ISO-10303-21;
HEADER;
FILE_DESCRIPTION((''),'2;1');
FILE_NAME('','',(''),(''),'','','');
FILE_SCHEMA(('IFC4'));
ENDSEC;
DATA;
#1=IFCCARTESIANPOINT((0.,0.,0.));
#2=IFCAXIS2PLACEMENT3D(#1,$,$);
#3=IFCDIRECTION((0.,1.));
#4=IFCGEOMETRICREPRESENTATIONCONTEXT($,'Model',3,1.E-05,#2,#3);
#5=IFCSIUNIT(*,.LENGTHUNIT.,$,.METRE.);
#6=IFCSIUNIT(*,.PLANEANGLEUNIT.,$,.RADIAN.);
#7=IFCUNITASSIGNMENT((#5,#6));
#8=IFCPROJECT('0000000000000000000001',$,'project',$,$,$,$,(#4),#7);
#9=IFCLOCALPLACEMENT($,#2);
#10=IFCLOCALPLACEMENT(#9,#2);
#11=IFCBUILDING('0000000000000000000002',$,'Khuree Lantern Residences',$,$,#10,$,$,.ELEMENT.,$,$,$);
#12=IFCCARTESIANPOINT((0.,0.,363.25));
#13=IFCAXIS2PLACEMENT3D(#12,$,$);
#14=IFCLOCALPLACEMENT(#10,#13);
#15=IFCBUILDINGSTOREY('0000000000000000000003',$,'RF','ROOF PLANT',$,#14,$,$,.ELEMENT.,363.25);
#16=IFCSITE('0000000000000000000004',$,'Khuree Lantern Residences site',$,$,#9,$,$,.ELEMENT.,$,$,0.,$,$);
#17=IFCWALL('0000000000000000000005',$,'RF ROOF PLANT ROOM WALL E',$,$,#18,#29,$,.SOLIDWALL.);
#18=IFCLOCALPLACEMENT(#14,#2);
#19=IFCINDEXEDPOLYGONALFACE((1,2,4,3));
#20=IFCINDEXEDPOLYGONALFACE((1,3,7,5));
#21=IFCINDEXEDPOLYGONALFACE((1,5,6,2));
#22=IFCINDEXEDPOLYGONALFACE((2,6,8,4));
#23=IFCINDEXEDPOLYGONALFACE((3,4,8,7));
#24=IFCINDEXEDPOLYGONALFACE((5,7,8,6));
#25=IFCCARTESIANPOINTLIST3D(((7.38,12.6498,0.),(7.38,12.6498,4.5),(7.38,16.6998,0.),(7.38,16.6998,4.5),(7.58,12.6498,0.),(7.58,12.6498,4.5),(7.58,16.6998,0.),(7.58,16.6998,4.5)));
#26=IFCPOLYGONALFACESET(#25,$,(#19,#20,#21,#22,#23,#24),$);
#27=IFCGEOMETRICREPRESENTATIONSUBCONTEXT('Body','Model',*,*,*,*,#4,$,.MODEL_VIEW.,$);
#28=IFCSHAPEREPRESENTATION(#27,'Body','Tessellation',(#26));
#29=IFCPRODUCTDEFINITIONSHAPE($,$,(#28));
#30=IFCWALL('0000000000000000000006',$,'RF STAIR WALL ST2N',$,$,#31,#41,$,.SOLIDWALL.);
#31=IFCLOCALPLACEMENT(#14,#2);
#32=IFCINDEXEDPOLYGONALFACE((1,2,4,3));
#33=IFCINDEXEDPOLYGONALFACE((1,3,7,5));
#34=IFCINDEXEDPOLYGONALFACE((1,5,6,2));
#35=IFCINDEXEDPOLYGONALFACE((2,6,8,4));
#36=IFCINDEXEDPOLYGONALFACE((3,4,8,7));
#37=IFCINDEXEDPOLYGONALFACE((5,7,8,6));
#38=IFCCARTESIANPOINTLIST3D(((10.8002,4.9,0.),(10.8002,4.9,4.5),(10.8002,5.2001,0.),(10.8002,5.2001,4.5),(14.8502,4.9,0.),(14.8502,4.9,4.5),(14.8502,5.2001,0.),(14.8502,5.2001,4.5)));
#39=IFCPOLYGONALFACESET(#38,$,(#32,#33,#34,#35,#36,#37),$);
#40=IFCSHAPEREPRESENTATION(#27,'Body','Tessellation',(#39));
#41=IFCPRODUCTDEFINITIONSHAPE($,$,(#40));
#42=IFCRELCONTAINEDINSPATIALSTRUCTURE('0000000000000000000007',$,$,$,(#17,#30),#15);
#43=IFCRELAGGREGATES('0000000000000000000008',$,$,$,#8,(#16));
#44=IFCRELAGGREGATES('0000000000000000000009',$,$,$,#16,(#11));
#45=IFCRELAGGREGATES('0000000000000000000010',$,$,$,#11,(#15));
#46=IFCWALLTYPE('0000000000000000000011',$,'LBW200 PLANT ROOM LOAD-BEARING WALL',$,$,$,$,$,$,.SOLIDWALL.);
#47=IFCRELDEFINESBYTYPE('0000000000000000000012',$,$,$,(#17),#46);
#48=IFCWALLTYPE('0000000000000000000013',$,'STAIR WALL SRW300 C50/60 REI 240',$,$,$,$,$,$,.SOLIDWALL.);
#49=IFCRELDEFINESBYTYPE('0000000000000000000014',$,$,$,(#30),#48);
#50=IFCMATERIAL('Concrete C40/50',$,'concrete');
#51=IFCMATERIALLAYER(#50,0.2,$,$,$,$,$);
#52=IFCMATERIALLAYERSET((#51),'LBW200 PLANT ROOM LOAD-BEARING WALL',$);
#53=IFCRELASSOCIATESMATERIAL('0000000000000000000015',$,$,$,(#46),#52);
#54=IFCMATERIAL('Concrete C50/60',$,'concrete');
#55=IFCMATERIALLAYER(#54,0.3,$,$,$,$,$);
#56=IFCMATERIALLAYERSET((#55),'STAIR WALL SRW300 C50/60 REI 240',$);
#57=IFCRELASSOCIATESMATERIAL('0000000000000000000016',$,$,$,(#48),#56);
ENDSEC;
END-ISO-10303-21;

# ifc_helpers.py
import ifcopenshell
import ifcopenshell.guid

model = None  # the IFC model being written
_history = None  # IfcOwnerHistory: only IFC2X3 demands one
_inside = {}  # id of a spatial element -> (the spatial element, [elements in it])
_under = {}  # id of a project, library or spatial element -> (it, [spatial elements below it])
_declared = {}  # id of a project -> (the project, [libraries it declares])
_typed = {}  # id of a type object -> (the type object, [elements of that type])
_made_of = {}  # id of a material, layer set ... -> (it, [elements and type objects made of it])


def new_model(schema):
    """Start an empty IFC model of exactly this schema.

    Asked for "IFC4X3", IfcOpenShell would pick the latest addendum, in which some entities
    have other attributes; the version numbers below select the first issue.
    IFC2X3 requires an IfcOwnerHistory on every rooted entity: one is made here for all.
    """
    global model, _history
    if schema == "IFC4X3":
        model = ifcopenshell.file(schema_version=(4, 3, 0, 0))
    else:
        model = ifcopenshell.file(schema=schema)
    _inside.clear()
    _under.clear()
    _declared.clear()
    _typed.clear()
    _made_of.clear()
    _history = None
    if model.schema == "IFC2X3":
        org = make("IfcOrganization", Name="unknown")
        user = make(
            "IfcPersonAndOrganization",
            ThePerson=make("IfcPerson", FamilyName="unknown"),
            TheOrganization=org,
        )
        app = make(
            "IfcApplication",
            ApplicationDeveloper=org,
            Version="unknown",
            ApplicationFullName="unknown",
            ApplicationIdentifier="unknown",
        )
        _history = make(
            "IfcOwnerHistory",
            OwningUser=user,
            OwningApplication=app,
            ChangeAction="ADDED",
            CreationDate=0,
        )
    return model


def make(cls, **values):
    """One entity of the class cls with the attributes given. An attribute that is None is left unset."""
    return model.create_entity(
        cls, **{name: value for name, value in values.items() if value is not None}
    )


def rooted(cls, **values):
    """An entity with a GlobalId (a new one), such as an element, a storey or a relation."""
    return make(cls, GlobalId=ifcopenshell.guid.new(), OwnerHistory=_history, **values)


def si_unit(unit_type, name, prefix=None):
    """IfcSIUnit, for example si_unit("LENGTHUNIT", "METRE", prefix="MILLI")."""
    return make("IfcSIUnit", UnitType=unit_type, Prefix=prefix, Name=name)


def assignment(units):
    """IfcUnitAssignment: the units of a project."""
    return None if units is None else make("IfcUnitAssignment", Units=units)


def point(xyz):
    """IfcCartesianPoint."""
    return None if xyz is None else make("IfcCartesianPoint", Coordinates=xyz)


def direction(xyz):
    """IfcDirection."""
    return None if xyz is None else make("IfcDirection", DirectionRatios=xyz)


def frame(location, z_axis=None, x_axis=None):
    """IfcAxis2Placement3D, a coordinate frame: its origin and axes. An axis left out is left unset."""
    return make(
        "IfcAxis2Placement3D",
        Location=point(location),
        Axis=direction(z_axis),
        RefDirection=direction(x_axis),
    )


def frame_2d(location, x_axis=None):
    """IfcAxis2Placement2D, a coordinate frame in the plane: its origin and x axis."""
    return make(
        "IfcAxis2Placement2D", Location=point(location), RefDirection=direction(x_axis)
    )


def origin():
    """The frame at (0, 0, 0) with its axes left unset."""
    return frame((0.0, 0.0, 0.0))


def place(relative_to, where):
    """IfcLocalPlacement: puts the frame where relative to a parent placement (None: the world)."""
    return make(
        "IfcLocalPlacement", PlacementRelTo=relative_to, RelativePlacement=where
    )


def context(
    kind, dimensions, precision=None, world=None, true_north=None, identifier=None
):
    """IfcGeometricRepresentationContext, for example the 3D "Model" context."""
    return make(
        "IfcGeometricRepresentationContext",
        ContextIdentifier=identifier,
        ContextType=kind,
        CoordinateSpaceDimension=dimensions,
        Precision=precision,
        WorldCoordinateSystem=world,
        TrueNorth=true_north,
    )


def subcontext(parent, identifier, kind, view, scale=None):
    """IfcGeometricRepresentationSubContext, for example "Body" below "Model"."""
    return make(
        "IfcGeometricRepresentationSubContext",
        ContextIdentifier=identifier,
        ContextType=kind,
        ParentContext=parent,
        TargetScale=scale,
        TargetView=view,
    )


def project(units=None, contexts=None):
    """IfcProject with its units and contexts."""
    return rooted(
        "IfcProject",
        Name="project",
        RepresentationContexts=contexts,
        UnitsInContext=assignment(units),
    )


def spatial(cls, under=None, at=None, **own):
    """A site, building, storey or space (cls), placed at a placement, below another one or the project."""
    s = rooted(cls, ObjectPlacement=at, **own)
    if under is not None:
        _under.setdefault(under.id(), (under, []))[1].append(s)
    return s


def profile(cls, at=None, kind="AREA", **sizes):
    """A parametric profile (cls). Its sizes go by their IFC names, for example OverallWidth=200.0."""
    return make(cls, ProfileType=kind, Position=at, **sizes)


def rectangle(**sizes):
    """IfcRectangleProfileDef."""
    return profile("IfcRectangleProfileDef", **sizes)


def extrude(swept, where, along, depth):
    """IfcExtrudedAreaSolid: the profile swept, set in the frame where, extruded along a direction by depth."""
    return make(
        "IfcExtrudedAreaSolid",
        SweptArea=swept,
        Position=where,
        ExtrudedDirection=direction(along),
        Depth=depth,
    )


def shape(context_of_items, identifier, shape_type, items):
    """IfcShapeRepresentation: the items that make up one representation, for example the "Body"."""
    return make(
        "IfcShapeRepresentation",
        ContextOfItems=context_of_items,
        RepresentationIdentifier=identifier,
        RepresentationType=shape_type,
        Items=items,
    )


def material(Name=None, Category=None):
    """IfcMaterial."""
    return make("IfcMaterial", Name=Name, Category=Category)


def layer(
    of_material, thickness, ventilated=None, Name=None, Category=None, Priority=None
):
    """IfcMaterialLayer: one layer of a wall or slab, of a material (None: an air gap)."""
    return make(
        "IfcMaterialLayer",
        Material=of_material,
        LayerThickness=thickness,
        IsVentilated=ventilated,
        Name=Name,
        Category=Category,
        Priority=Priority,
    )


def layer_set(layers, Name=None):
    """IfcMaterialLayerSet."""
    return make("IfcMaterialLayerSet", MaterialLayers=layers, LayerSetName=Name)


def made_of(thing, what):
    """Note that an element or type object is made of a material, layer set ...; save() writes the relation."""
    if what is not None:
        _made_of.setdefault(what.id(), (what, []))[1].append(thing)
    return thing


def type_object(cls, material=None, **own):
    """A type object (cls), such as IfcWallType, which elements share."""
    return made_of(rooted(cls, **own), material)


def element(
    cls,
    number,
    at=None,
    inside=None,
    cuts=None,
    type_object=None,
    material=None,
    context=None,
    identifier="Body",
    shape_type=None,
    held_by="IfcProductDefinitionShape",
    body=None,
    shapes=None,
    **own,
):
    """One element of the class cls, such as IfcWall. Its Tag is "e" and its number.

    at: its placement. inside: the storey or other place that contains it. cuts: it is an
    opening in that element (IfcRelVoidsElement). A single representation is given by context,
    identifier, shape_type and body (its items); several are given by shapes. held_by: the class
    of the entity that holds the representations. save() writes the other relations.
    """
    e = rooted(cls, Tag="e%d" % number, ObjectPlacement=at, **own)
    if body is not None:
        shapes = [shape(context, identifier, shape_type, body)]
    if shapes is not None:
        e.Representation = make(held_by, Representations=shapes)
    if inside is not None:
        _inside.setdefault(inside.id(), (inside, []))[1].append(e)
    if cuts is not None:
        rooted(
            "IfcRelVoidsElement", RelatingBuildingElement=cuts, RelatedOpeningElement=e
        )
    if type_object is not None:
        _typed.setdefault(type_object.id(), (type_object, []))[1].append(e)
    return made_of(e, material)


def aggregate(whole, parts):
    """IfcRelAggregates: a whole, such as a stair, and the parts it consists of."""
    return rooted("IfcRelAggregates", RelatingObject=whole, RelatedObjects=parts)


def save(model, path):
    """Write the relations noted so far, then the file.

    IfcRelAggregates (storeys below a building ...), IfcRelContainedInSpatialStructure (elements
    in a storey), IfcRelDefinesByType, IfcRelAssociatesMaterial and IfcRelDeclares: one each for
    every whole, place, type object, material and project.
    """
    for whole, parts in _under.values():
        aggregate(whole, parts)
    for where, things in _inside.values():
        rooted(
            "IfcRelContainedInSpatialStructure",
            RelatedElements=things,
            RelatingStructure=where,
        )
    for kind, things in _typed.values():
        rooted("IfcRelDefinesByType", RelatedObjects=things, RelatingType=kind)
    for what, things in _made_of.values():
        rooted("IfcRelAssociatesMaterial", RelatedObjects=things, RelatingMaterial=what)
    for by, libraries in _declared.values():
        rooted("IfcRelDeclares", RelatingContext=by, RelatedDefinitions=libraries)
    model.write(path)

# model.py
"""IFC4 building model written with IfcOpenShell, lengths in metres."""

from ifc_helpers import new_model, si_unit, direction, frame, frame_2d, origin, place, context, subcontext, project, spatial, rectangle, extrude, material, layer, layer_set, type_object, element, save


model = new_model("IFC4")

# Units and contexts
model_context = context("Model", 3, precision=1e-05, world=origin(), true_north=direction((0.0, 1.0)))
body_context = subcontext(model_context, "Body", "Model", "MODEL_VIEW")
ifc_project = project(units=[si_unit("LENGTHUNIT", "METRE"), si_unit("PLANEANGLEUNIT", "RADIAN")], contexts=[model_context])

# Site, building, storey
site_placement = place(None, origin())
site = spatial("IfcSite", under=ifc_project, at=site_placement, Name="Khuree Lantern Residences site", CompositionType="ELEMENT", RefElevation=0.0)
building_placement = place(site_placement, origin())
building = spatial("IfcBuilding", under=site, at=building_placement, Name="Khuree Lantern Residences", CompositionType="ELEMENT")
storey_placement = place(building_placement, frame((0.0, 0.0, 363.25)))
storey = spatial("IfcBuildingStorey", under=building, at=storey_placement, Name="RF", Description="ROOF PLANT", CompositionType="ELEMENT", Elevation=363.25)

# Shared definitions
ifc_material_1 = material(Name="Concrete C50/60", Category="concrete")

# Shared definitions
ifc_material_2 = material(Name="Concrete C40/50", Category="concrete")
ifc_layer_1 = layer(ifc_material_2, 0.2)
ifc_layer_set_1 = layer_set([ifc_layer_1], Name="LBW200 PLANT ROOM LOAD-BEARING WALL")
wall_type_1 = type_object("IfcWallType", Name="LBW200 PLANT ROOM LOAD-BEARING WALL", PredefinedType="SOLIDWALL", material=ifc_layer_set_1)

# Walls
wall_1_placement = place(storey_placement, frame((7.48, 12.6499, 0.0), z_axis=(0.0, 0.0, 1.0), x_axis=(0.0, 1.0, 0.0)))
element("IfcWall", 1, at=wall_1_placement, inside=storey, type_object=wall_type_1, Name="RF ROOF PLANT ROOM WALL E", PredefinedType="SOLIDWALL", context=body_context, shape_type="SweptSolid", body=[
    extrude(rectangle(XDim=4.05, YDim=0.2, at=frame_2d((2.0249, 0.0))), origin(), (0.0, 0.0, 1.0), 4.5),
])
ifc_layer_2 = layer(ifc_material_1, 0.3)
ifc_layer_set_2 = layer_set([ifc_layer_2], Name="STAIR WALL SRW300 C50/60 REI 240")
wall_type_2 = type_object("IfcWallType", Name="STAIR WALL SRW300 C50/60 REI 240", PredefinedType="SOLIDWALL", material=ifc_layer_set_2)
wall_2_placement = place(storey_placement, frame((14.8501, 5.05, 0.0), z_axis=(0.0, 0.0, 1.0), x_axis=(-1.0, 0.0, 0.0)))
element("IfcWall", 2, at=wall_2_placement, inside=storey, type_object=wall_type_2, Name="RF STAIR WALL ST2N", PredefinedType="SOLIDWALL", context=body_context, shape_type="SweptSolid", body=[
    extrude(rectangle(XDim=4.05, YDim=0.3, at=frame_2d((2.0249, 0.0))), origin(), (0.0, 0.0, 1.0), 4.5),
])

save(model, "model.ifc")
